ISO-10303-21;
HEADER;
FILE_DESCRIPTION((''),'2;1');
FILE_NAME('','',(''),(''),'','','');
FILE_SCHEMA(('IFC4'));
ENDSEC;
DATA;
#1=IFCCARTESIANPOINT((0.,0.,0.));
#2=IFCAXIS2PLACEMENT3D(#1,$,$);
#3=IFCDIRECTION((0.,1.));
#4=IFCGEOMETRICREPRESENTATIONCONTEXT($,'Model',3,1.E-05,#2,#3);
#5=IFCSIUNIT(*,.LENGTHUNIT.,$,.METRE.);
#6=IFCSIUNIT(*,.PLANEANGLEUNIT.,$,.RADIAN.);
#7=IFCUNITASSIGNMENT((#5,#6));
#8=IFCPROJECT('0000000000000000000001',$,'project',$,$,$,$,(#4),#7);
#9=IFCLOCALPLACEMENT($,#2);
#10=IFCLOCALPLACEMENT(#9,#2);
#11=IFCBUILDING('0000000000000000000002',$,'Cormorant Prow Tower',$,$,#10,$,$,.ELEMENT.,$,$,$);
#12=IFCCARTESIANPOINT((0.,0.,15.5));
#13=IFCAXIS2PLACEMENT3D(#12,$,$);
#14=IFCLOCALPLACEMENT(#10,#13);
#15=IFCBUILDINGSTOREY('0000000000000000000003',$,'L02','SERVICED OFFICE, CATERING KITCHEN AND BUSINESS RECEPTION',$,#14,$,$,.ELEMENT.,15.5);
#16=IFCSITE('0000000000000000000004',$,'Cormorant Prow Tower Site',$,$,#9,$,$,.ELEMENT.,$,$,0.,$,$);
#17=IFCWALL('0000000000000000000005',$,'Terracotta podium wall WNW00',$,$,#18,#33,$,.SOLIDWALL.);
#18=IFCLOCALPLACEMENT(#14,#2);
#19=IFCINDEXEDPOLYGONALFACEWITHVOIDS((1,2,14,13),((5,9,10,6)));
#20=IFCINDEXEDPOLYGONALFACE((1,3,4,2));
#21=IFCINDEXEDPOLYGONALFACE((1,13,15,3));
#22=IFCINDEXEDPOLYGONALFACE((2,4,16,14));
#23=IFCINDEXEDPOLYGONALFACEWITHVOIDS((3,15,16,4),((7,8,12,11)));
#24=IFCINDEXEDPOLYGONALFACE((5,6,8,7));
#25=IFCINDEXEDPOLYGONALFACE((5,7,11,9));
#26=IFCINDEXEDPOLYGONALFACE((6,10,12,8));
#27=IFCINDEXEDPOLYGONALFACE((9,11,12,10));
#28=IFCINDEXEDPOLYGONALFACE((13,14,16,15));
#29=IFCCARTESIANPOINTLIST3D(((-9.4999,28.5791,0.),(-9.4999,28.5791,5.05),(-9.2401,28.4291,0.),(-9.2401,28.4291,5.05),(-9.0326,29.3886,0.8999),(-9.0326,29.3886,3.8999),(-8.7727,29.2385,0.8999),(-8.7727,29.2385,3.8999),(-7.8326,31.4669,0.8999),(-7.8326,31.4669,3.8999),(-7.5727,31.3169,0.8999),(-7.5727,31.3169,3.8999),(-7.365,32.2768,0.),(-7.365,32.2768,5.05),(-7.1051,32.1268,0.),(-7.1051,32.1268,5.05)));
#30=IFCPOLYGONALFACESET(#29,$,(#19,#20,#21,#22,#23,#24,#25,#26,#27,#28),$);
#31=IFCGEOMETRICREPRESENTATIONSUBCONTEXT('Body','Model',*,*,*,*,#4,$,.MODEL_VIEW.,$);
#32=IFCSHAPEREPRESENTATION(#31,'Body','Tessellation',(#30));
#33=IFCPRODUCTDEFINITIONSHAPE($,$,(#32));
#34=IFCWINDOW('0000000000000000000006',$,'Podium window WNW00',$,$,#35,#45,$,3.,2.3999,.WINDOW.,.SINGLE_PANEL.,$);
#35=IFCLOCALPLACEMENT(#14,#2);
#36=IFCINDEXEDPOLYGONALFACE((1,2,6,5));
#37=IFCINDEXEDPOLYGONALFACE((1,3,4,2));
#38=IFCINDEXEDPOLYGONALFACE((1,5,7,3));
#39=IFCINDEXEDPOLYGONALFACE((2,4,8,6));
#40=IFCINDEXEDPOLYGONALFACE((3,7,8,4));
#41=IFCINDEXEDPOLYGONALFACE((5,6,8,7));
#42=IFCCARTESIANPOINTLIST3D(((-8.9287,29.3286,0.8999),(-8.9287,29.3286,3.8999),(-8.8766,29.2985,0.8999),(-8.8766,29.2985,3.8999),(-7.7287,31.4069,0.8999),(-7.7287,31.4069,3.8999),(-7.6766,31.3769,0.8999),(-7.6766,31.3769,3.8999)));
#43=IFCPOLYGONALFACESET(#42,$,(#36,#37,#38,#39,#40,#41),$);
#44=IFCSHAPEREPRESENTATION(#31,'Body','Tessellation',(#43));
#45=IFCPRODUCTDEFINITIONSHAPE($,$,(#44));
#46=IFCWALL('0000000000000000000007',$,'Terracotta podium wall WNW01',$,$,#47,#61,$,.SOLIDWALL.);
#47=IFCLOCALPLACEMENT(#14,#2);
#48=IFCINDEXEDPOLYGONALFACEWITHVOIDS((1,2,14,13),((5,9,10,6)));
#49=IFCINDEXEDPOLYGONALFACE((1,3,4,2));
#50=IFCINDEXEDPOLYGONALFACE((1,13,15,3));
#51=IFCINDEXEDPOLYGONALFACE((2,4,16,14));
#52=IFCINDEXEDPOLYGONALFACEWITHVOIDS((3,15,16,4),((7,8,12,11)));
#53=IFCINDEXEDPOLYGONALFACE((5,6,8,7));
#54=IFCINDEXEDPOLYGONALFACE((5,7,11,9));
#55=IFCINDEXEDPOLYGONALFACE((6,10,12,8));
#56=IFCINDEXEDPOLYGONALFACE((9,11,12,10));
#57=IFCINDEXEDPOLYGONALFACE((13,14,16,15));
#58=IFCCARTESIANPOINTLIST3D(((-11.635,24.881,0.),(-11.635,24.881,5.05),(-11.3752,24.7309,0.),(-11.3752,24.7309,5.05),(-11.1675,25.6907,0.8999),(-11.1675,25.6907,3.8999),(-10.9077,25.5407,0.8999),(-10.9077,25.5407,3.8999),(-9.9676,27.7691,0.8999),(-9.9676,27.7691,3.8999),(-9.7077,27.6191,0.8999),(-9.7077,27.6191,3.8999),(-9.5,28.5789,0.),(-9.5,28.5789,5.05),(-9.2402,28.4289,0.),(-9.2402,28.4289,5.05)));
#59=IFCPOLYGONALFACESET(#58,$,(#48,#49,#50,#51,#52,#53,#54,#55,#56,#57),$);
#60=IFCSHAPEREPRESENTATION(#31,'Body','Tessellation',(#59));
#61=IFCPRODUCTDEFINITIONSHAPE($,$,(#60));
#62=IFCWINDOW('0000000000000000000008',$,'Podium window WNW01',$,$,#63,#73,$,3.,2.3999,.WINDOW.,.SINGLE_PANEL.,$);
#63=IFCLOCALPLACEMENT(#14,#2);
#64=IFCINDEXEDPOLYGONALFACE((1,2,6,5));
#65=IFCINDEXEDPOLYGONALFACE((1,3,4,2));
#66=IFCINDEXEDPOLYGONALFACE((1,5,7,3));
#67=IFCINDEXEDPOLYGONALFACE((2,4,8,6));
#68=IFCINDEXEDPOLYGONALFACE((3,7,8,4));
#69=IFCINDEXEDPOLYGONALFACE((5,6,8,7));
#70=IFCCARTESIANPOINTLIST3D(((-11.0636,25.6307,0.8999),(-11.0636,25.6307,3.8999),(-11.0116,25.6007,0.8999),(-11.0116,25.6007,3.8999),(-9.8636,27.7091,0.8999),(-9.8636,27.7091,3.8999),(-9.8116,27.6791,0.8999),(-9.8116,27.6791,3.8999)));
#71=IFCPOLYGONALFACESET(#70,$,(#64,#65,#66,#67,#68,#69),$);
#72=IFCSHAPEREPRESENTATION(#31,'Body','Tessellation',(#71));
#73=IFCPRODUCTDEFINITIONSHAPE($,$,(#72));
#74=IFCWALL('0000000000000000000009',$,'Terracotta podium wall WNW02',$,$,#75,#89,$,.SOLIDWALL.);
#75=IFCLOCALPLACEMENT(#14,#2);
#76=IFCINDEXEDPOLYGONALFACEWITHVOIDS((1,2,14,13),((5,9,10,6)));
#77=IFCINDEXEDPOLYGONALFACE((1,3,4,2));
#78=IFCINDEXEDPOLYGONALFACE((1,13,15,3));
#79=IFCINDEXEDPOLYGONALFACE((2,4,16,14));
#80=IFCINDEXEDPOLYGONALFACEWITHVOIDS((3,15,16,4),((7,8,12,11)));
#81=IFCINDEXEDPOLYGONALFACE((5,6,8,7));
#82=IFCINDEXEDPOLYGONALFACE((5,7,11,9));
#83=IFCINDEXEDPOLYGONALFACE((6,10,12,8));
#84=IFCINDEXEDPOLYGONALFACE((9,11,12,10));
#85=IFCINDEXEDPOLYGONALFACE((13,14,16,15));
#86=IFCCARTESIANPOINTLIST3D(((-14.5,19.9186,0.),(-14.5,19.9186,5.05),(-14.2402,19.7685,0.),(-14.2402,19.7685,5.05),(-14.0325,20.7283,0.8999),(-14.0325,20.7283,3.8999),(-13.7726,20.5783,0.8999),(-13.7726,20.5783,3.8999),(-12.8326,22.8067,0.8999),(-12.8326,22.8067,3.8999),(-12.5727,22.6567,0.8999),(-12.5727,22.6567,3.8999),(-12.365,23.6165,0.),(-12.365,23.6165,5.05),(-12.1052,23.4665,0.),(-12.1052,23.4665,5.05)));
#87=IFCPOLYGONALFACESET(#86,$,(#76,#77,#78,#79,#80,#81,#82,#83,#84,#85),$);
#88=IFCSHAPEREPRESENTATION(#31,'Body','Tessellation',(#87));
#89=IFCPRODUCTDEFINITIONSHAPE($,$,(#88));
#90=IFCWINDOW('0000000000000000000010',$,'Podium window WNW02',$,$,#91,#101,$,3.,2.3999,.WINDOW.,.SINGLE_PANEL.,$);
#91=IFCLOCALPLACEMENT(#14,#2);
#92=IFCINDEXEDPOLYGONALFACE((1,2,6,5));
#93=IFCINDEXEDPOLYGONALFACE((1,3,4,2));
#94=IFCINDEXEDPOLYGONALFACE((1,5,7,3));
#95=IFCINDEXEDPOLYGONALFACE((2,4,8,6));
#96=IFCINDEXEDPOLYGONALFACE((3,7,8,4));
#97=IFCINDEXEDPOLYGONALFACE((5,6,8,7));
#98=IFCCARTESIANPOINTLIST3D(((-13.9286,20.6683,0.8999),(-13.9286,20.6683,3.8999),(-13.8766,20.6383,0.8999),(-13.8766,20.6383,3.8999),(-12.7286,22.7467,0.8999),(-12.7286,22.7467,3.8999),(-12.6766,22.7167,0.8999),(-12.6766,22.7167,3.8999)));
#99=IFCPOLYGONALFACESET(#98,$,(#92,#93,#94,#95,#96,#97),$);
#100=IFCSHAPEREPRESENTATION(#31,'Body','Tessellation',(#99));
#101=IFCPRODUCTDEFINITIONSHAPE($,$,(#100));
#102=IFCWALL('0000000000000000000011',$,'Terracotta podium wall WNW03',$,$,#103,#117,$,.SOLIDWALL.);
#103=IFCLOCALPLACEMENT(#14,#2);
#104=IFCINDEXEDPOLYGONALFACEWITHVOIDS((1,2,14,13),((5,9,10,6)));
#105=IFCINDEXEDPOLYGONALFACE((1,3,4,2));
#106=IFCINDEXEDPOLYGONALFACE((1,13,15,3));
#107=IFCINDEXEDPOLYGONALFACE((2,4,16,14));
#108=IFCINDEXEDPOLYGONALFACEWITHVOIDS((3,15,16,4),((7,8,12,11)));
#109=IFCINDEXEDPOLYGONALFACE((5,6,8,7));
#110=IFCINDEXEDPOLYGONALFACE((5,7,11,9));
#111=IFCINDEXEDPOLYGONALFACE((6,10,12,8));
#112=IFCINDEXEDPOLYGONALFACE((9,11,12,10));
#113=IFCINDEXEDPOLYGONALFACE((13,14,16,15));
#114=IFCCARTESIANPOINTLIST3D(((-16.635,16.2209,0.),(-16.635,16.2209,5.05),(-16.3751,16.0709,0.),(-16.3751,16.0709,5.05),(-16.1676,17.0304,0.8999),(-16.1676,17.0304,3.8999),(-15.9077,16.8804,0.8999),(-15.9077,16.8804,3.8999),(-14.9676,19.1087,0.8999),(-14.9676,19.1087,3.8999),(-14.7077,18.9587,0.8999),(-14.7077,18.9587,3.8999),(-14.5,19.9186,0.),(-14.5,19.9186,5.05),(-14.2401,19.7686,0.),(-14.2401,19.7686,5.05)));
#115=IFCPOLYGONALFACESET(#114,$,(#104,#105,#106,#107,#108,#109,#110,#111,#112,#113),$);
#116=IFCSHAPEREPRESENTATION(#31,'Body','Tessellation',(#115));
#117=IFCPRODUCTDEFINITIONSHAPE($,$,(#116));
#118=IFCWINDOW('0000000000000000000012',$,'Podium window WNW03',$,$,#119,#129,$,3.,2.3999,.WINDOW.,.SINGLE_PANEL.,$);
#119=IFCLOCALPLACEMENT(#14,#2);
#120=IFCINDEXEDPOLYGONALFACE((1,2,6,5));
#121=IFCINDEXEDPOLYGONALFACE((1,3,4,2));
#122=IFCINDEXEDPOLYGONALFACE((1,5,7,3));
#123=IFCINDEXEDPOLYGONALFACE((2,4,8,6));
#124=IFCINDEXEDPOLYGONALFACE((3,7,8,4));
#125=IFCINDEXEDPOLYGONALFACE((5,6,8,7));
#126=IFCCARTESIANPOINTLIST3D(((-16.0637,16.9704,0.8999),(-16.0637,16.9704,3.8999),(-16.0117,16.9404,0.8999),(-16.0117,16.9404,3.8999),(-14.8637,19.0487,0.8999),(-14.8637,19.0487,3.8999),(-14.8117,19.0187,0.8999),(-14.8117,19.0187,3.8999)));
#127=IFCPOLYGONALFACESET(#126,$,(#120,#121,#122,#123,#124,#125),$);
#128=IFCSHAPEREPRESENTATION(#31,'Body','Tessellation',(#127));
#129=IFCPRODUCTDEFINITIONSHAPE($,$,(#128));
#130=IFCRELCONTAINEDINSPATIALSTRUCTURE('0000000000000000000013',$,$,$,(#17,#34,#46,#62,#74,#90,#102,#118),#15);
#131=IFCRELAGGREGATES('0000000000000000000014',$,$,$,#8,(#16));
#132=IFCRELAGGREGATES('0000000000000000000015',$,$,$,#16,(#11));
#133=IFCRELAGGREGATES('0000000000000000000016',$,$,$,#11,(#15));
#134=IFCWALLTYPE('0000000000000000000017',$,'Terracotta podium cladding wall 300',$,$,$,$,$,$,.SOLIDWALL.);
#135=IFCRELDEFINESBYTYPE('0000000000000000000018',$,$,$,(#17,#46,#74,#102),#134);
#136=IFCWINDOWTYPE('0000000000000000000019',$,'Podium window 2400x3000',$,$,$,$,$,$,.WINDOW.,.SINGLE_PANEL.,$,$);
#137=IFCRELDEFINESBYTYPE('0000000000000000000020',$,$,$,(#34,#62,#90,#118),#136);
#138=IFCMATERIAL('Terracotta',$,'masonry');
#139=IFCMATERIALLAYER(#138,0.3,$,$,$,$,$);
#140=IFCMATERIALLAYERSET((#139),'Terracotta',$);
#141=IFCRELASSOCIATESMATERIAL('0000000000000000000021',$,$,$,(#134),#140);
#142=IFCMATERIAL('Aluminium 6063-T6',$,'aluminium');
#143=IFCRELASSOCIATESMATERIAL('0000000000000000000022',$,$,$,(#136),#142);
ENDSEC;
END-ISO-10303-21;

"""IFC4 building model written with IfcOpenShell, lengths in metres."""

from ifc_helpers import new_model, si_unit, direction, frame, frame_2d, origin, place, context, subcontext, project, spatial, rectangle, extrude, material, layer, layer_set, type_object, element, fill, save


model = new_model("IFC4")

# Units and contexts
model_context = context("Model", 3, precision=1e-05, world=origin(), true_north=direction((0.0, 1.0)))
body_context = subcontext(model_context, "Body", "Model", "MODEL_VIEW")
ifc_project = project(units=[si_unit("LENGTHUNIT", "METRE"), si_unit("PLANEANGLEUNIT", "RADIAN")], contexts=[model_context])

# Site, building, storey
site_placement = place(None, origin())
site = spatial("IfcSite", under=ifc_project, at=site_placement, Name="Cormorant Prow Tower Site", CompositionType="ELEMENT", RefElevation=0.0)
building_placement = place(site_placement, origin())
building = spatial("IfcBuilding", under=site, at=building_placement, Name="Cormorant Prow Tower", CompositionType="ELEMENT")
storey_placement = place(building_placement, frame((0.0, 0.0, 15.5)))
storey = spatial("IfcBuildingStorey", under=building, at=storey_placement, Name="L02", Description="SERVICED OFFICE, CATERING KITCHEN AND BUSINESS RECEPTION", CompositionType="ELEMENT", Elevation=15.5)

# Walls, openings, windows
ifc_material_1 = material(Name="Terracotta", Category="masonry")
ifc_layer_1 = layer(ifc_material_1, 0.3)
ifc_layer_set_1 = layer_set([ifc_layer_1], Name="Terracotta")
wall_type_1 = type_object("IfcWallType", Name="Terracotta podium cladding wall 300", PredefinedType="SOLIDWALL", material=ifc_layer_set_1)
wall_1_placement = place(storey_placement, frame((-7.2351, 32.2017, 0.0), z_axis=(0.0, 0.0, 1.0), x_axis=(-0.500019, -0.866014, 0.0)))
wall_1 = element("IfcWall", 1, at=wall_1_placement, inside=storey, type_object=wall_type_1, Name="Terracotta podium wall WNW00", PredefinedType="SOLIDWALL", context=body_context, shape_type="SweptSolid", body=[
    extrude(rectangle(XDim=4.2698, YDim=0.3, at=frame_2d((2.1348, 0.0))), origin(), (0.0, 0.0, 1.0), 5.05),
])
opening_1_placement = place(wall_1_placement, frame((0.9351, 0.0, 0.8999)))
opening_1 = element("IfcOpeningElement", 2, at=opening_1_placement, cuts=wall_1, PredefinedType="OPENING", context=body_context, shape_type="SweptSolid", body=[
    extrude(rectangle(XDim=2.3999, YDim=3.0, at=frame_2d((1.2, 1.5))), frame((0.0, 0.1599, 0.0), z_axis=(0.0, -1.0, 0.0), x_axis=(1.0, 0.0, 0.0)), (0.0, 0.0, 1.0), 0.3201),
])
ifc_material_2 = material(Name="Aluminium 6063-T6", Category="aluminium")
window_type = type_object("IfcWindowType", Name="Podium window 2400x3000", PartitioningType="SINGLE_PANEL", PredefinedType="WINDOW", material=ifc_material_2)
window_1_placement = place(opening_1_placement, origin())
window_1 = element("IfcWindow", 3, at=window_1_placement, inside=storey, type_object=window_type, Name="Podium window WNW00", OverallHeight=3.0, OverallWidth=2.3999, PartitioningType="SINGLE_PANEL", PredefinedType="WINDOW", context=body_context, shape_type="SweptSolid", body=[
    extrude(rectangle(XDim=2.3999, YDim=3.0, at=frame_2d((1.2, 1.5))), frame((0.0, 0.03, 0.0), z_axis=(0.0, -1.0, 0.0), x_axis=(1.0, 0.0, 0.0)), (0.0, 0.0, 1.0), 0.0601),
])
fill(opening_1, window_1)
wall_2_placement = place(storey_placement, frame((-9.3701, 28.5039, 0.0), z_axis=(0.0, 0.0, 1.0), x_axis=(-0.499995, -0.866028, 0.0)))
wall_2 = element("IfcWall", 4, at=wall_2_placement, inside=storey, type_object=wall_type_1, Name="Terracotta podium wall WNW01", PredefinedType="SOLIDWALL", context=body_context, shape_type="SweptSolid", body=[
    extrude(rectangle(XDim=4.27, YDim=0.3, at=frame_2d((2.135, 0.0))), origin(), (0.0, 0.0, 1.0), 5.05),
])
opening_2_placement = place(wall_2_placement, frame((0.9351, 0.0, 0.8999)))
opening_2 = element("IfcOpeningElement", 5, at=opening_2_placement, cuts=wall_2, PredefinedType="OPENING", context=body_context, shape_type="SweptSolid", body=[
    extrude(rectangle(XDim=2.3999, YDim=3.0, at=frame_2d((1.2, 1.5))), frame((0.0, 0.1599, 0.0), z_axis=(0.0, -1.0, 0.0), x_axis=(1.0, 0.0, 0.0)), (0.0, 0.0, 1.0), 0.3201),
])
window_2_placement = place(opening_2_placement, origin())
window_2 = element("IfcWindow", 6, at=window_2_placement, inside=storey, type_object=window_type, Name="Podium window WNW01", OverallHeight=3.0, OverallWidth=2.3999, PartitioningType="SINGLE_PANEL", PredefinedType="WINDOW", context=body_context, shape_type="SweptSolid", body=[
    extrude(rectangle(XDim=2.3999, YDim=3.0, at=frame_2d((1.2, 1.5))), frame((0.0, 0.03, 0.0), z_axis=(0.0, -1.0, 0.0), x_axis=(1.0, 0.0, 0.0)), (0.0, 0.0, 1.0), 0.0601),
])
fill(opening_2, window_2)
wall_3_placement = place(storey_placement, frame((-12.2351, 23.5415, 0.0), z_axis=(0.0, 0.0, 1.0), x_axis=(-0.499995, -0.866028, 0.0)))
wall_3 = element("IfcWall", 7, at=wall_3_placement, inside=storey, type_object=wall_type_1, Name="Terracotta podium wall WNW02", PredefinedType="SOLIDWALL", context=body_context, shape_type="SweptSolid", body=[
    extrude(rectangle(XDim=4.27, YDim=0.3, at=frame_2d((2.135, 0.0))), origin(), (0.0, 0.0, 1.0), 5.05),
])
opening_3_placement = place(wall_3_placement, frame((0.9351, 0.0, 0.8999)))
opening_3 = element("IfcOpeningElement", 8, at=opening_3_placement, cuts=wall_3, PredefinedType="OPENING", context=body_context, shape_type="SweptSolid", body=[
    extrude(rectangle(XDim=2.3999, YDim=3.0, at=frame_2d((1.2, 1.5))), frame((0.0, 0.1599, 0.0), z_axis=(0.0, -1.0, 0.0), x_axis=(1.0, 0.0, 0.0)), (0.0, 0.0, 1.0), 0.3201),
])
window_3_placement = place(opening_3_placement, origin())
window_3 = element("IfcWindow", 9, at=window_3_placement, inside=storey, type_object=window_type, Name="Podium window WNW02", OverallHeight=3.0, OverallWidth=2.3999, PartitioningType="SINGLE_PANEL", PredefinedType="WINDOW", context=body_context, shape_type="SweptSolid", body=[
    extrude(rectangle(XDim=2.3999, YDim=3.0, at=frame_2d((1.2, 1.5))), frame((0.0, 0.03, 0.0), z_axis=(0.0, -1.0, 0.0), x_axis=(1.0, 0.0, 0.0)), (0.0, 0.0, 1.0), 0.0601),
])
fill(opening_3, window_3)
wall_4_placement = place(storey_placement, frame((-14.3701, 19.8435, 0.0), z_axis=(0.0, 0.0, 1.0), x_axis=(-0.500019, -0.866014, 0.0)))
wall_4 = element("IfcWall", 10, at=wall_4_placement, inside=storey, type_object=wall_type_1, Name="Terracotta podium wall WNW03", PredefinedType="SOLIDWALL", context=body_context, shape_type="SweptSolid", body=[
    extrude(rectangle(XDim=4.2698, YDim=0.3, at=frame_2d((2.1348, 0.0))), origin(), (0.0, 0.0, 1.0), 5.05),
])
opening_4_placement = place(wall_4_placement, frame((0.9351, 0.0, 0.8999)))
opening_4 = element("IfcOpeningElement", 11, at=opening_4_placement, cuts=wall_4, PredefinedType="OPENING", context=body_context, shape_type="SweptSolid", body=[
    extrude(rectangle(XDim=2.3999, YDim=3.0, at=frame_2d((1.2, 1.5))), frame((0.0, 0.1599, 0.0), z_axis=(0.0, -1.0, 0.0), x_axis=(1.0, 0.0, 0.0)), (0.0, 0.0, 1.0), 0.3201),
])
window_4_placement = place(opening_4_placement, origin())
window_4 = element("IfcWindow", 12, at=window_4_placement, inside=storey, type_object=window_type, Name="Podium window WNW03", OverallHeight=3.0, OverallWidth=2.3999, PartitioningType="SINGLE_PANEL", PredefinedType="WINDOW", context=body_context, shape_type="SweptSolid", body=[
    extrude(rectangle(XDim=2.3999, YDim=3.0, at=frame_2d((1.2, 1.5))), frame((0.0, 0.03, 0.0), z_axis=(0.0, -1.0, 0.0), x_axis=(1.0, 0.0, 0.0)), (0.0, 0.0, 1.0), 0.0601),
])
fill(opening_4, window_4)

save(model, "model.ifc")
